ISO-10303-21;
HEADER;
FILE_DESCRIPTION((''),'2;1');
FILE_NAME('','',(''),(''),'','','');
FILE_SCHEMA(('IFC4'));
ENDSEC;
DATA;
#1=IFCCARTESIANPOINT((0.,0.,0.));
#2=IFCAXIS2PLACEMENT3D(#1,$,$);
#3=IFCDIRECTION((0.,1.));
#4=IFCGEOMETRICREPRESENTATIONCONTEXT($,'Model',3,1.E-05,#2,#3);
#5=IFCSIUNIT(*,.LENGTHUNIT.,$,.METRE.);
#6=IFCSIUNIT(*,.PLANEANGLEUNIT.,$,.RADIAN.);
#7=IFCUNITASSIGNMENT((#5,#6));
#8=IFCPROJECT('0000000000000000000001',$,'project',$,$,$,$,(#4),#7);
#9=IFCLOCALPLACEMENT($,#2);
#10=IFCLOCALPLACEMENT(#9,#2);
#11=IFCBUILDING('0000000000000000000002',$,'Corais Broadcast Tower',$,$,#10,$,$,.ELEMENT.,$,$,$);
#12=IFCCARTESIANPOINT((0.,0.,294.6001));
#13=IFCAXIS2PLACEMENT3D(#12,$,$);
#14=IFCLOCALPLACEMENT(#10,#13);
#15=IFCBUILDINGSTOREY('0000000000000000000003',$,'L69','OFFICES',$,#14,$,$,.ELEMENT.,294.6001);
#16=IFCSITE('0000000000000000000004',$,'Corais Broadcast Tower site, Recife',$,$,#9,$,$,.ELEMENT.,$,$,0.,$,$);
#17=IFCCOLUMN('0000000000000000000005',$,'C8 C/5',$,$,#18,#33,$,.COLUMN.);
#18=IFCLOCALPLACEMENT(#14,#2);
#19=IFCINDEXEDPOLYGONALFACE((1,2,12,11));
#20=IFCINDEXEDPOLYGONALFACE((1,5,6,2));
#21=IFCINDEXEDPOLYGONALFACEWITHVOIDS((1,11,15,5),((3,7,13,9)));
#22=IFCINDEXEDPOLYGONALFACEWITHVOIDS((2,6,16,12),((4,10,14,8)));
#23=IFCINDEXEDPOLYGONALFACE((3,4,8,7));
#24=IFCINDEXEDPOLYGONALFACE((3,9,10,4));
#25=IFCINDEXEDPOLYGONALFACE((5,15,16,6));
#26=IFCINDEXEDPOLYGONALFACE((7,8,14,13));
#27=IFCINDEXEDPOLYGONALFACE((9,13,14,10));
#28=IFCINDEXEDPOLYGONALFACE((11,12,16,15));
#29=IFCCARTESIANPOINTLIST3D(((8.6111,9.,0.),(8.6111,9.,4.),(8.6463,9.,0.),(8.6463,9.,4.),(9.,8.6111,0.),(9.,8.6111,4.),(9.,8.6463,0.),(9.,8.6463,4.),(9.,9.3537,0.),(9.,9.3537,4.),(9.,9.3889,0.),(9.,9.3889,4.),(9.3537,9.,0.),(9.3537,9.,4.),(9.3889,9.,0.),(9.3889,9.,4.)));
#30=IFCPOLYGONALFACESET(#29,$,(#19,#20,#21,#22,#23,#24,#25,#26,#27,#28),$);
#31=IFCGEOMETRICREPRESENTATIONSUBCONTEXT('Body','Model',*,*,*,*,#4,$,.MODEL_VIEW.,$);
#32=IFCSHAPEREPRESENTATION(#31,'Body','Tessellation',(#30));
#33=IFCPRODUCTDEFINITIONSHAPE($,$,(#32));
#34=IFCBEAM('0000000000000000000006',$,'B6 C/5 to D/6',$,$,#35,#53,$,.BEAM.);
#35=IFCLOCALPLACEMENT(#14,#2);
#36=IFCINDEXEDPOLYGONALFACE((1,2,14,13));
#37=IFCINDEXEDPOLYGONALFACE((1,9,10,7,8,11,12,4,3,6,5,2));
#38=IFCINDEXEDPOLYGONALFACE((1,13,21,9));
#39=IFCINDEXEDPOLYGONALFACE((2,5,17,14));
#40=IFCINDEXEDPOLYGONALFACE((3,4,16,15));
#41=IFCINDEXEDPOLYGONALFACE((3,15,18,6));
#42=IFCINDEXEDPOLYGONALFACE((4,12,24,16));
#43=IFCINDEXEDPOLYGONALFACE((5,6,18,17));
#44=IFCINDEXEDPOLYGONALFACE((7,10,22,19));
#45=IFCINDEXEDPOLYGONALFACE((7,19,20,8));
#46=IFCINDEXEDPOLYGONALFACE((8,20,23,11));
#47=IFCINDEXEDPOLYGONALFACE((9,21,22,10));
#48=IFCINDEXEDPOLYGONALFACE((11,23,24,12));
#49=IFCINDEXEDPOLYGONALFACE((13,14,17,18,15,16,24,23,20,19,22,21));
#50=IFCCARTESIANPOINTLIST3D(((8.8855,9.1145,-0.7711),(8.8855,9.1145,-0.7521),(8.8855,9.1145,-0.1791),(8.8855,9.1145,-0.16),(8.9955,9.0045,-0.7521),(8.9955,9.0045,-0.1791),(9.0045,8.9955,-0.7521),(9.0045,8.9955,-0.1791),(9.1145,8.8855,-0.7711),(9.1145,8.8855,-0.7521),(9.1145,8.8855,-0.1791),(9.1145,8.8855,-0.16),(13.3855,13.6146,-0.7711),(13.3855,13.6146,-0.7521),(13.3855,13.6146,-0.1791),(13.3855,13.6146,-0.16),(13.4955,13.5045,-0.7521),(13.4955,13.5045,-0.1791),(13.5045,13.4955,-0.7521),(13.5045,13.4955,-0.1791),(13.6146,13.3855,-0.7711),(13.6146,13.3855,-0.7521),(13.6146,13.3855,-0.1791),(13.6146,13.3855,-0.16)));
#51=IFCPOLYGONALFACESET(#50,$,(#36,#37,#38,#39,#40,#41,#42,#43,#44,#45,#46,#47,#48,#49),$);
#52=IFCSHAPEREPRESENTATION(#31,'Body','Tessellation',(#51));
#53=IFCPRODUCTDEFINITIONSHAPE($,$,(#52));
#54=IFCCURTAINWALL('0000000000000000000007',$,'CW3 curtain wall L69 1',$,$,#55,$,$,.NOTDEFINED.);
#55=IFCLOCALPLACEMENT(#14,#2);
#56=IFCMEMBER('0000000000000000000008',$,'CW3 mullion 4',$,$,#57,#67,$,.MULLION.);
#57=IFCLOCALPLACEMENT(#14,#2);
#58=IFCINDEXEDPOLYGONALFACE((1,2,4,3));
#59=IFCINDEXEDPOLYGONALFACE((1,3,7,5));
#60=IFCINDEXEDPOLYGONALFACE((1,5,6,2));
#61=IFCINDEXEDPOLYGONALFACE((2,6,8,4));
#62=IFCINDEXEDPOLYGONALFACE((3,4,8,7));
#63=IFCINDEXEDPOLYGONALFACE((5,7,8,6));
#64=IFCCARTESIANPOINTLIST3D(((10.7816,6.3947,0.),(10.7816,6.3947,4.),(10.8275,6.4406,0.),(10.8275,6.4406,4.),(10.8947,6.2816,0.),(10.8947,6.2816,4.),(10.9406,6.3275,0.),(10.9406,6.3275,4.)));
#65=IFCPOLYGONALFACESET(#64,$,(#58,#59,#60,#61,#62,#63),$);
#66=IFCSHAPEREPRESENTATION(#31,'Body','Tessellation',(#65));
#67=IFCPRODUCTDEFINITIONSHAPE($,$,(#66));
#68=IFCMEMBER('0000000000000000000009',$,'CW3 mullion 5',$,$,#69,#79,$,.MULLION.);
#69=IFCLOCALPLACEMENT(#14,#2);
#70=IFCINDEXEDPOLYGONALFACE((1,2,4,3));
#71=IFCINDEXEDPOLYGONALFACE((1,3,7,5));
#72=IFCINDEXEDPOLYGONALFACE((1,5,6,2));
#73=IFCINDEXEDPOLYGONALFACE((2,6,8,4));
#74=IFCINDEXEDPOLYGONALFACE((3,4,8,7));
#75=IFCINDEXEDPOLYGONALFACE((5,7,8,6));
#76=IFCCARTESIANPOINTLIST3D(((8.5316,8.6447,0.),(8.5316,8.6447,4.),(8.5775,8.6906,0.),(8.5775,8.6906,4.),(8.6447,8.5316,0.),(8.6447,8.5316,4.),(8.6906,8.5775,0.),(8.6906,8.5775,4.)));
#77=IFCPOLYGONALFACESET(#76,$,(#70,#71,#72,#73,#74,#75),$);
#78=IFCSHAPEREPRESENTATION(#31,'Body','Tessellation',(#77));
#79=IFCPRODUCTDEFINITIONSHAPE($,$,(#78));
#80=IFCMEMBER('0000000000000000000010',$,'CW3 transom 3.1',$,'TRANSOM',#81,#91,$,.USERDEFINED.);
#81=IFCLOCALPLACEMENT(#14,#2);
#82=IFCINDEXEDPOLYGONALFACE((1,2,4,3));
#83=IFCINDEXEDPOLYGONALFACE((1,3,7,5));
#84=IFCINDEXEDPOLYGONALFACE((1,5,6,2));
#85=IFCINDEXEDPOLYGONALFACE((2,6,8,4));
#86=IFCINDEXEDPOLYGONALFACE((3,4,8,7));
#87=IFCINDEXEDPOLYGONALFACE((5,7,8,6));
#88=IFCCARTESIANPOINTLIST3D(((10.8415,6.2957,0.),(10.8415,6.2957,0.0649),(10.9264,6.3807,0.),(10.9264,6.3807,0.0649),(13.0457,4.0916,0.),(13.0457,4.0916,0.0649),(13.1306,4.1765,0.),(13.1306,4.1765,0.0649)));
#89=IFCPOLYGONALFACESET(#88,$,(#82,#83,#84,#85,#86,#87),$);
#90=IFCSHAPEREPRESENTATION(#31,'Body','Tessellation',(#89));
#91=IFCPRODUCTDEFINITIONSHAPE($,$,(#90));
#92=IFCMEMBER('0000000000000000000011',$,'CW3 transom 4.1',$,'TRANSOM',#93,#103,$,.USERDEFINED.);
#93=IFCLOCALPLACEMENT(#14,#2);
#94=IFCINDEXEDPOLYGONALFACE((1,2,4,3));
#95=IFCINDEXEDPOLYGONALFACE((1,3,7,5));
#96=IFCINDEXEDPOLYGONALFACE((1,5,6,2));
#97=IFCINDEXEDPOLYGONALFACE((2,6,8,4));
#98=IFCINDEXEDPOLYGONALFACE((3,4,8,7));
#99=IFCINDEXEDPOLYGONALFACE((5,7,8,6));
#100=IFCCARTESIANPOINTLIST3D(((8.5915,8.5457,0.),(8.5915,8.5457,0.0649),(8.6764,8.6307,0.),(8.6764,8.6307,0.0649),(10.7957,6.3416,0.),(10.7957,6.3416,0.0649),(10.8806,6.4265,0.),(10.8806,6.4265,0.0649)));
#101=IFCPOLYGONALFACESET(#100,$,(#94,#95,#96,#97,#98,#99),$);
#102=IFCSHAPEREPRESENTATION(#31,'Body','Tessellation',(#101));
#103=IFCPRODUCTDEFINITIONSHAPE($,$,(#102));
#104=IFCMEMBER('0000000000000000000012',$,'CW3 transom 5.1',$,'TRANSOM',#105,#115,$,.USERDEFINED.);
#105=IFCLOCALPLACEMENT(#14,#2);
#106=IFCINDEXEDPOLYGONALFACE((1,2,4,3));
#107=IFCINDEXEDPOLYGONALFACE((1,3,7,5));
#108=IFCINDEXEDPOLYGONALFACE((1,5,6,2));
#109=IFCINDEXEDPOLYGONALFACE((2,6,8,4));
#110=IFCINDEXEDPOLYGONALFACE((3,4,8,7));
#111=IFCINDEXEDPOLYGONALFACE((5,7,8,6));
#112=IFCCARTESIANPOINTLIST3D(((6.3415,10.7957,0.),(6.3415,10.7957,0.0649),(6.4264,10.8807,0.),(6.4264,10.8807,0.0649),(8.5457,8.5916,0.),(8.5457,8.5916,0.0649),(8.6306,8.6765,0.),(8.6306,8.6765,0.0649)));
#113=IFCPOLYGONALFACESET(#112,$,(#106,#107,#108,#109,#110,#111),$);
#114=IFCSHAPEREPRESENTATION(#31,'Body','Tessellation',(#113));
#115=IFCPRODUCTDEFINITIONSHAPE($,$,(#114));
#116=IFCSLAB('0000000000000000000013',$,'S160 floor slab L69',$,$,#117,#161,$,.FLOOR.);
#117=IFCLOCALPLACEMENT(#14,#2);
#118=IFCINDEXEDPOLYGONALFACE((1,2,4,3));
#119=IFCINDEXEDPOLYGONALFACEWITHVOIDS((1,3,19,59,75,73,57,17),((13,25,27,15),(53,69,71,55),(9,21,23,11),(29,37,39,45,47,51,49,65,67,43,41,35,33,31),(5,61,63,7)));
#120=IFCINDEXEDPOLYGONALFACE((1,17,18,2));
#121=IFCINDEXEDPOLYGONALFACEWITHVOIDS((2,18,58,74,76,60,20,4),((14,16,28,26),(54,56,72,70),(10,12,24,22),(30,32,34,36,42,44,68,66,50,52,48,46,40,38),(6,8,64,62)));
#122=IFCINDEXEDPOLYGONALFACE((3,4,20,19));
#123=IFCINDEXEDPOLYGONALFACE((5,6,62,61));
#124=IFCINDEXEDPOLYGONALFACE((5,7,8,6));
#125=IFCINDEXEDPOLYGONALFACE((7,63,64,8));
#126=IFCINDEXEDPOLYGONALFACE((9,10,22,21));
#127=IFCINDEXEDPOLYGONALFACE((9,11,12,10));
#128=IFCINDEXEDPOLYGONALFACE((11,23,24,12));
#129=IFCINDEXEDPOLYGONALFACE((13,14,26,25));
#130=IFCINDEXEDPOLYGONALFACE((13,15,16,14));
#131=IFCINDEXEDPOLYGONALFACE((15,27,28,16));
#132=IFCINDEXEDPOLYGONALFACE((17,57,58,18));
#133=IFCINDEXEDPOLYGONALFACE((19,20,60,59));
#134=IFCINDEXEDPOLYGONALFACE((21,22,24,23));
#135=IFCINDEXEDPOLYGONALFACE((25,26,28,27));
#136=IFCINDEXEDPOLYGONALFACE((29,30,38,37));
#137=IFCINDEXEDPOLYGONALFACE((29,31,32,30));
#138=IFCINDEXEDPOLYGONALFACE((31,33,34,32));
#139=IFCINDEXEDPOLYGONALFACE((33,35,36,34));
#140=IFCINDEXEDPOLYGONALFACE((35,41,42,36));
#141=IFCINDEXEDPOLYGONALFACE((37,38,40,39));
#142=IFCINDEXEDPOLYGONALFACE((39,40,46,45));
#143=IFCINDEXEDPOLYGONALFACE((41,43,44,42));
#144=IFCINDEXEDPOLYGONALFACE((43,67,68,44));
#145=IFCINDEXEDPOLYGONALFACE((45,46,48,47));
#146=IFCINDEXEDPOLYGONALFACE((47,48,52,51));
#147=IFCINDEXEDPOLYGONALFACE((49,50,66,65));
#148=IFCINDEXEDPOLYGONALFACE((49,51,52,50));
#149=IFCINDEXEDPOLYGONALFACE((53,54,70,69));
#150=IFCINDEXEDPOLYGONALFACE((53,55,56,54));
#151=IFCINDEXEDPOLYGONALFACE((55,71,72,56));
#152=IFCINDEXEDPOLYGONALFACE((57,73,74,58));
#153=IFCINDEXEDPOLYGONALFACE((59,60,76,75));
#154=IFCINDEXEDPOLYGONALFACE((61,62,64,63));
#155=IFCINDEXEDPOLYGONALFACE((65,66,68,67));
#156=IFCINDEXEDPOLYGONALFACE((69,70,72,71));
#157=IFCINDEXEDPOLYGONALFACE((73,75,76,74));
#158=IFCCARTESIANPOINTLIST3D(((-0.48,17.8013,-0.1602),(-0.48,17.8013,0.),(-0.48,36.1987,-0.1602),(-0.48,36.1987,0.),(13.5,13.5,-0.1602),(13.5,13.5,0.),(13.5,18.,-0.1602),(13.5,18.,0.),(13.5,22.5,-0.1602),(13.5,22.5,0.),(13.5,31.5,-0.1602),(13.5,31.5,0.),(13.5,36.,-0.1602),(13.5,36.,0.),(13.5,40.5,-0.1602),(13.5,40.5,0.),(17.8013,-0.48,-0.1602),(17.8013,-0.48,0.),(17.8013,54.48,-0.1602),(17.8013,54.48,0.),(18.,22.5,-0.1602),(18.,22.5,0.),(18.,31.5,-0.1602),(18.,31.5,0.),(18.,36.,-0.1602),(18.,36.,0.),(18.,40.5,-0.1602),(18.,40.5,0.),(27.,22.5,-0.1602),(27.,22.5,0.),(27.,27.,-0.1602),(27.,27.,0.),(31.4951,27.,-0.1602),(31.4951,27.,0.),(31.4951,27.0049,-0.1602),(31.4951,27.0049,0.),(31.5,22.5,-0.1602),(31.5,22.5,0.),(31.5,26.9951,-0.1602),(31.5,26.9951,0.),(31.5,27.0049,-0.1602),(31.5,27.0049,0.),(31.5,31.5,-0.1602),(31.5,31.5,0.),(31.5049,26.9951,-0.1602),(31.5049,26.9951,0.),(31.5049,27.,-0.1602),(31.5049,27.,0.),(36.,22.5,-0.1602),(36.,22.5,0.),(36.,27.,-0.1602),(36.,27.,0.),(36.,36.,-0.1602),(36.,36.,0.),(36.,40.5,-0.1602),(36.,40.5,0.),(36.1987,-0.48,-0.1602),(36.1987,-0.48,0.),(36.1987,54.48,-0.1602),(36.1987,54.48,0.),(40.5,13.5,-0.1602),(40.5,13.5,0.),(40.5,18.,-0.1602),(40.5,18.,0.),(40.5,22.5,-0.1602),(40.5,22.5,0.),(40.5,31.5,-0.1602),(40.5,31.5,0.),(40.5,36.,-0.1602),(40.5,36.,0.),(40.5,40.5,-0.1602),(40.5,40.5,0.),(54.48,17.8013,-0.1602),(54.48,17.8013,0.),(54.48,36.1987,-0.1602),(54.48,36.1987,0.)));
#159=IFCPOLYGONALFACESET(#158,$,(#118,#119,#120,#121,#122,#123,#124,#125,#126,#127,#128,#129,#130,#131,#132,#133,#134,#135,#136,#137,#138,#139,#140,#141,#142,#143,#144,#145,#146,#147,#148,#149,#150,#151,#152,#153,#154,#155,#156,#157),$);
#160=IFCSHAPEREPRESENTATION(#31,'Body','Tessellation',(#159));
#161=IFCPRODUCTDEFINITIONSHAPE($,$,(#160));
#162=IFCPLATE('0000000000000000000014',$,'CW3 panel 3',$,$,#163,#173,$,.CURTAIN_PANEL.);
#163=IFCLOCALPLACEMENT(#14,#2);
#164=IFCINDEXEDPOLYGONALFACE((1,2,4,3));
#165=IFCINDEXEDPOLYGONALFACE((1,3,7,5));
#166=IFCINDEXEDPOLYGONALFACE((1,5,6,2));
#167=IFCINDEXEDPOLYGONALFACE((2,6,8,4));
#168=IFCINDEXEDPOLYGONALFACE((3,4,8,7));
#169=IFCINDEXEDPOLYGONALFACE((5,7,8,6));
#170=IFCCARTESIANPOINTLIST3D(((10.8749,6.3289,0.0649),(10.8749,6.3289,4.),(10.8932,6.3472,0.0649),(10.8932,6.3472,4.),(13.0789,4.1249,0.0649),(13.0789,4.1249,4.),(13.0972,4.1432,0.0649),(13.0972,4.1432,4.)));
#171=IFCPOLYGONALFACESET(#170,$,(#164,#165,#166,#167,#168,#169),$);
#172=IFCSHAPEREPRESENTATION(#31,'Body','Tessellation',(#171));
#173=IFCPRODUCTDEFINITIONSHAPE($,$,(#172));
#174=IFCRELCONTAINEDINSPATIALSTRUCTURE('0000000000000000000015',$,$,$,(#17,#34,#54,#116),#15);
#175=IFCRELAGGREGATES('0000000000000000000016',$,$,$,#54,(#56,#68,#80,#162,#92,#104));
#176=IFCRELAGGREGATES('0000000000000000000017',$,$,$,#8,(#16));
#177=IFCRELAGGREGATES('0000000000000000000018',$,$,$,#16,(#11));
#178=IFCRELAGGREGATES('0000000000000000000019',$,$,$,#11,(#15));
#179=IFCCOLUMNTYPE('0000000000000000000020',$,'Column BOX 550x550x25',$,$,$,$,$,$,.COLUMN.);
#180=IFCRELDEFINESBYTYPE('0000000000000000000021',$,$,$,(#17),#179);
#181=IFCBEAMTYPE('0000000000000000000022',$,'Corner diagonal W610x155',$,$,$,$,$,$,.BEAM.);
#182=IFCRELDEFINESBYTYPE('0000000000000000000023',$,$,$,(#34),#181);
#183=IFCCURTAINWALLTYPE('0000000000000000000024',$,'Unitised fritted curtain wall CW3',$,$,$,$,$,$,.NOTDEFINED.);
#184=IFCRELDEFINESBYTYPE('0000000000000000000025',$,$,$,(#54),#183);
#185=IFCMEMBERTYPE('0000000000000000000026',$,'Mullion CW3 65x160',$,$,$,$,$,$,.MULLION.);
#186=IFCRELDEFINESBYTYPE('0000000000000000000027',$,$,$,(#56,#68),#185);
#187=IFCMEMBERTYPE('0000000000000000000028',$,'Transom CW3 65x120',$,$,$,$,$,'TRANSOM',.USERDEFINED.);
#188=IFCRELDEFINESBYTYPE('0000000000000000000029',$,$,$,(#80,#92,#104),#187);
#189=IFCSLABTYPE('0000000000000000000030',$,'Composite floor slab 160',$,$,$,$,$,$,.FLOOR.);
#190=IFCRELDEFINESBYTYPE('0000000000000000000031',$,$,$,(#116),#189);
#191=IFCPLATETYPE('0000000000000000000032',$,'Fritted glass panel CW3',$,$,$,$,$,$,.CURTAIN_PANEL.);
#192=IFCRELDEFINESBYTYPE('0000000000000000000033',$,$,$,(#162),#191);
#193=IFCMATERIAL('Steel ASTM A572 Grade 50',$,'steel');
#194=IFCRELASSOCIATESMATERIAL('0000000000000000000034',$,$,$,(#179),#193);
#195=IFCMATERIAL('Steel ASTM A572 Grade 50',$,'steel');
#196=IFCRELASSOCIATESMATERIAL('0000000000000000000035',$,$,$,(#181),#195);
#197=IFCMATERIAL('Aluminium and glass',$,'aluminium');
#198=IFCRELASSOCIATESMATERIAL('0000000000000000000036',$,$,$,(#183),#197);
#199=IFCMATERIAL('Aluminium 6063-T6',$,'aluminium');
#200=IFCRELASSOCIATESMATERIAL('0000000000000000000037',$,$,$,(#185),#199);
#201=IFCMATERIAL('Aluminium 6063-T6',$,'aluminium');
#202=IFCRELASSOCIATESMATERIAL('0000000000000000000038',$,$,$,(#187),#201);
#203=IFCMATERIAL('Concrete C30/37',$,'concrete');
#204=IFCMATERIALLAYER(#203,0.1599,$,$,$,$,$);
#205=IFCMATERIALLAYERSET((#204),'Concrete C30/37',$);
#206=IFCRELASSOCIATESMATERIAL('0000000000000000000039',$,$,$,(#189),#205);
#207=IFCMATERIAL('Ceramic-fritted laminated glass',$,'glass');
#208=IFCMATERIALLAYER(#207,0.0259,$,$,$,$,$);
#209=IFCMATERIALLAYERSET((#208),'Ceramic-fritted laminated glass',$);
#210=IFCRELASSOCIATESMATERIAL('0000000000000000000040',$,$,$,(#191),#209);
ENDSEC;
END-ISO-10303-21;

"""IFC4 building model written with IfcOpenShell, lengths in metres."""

from ifc_helpers import new_model, si_unit, direction, frame, origin, origin_2d, place, context, subcontext, project, spatial, polyline, rectangle, hollow_rectangle, i_section, outline, extrude, material, layer, layer_set, material_profile, profile_set, type_object, element, aggregate, save


model = new_model("IFC4")

# Units and contexts
model_context = context("Model", 3, precision=1e-05, world=origin(), true_north=direction((0.0, 1.0)))
body_context = subcontext(model_context, "Body", "Model", "MODEL_VIEW")
ifc_project = project(units=[si_unit("LENGTHUNIT", "METRE"), si_unit("PLANEANGLEUNIT", "RADIAN")], contexts=[model_context])

# Site, building, storey
site_placement = place(None, origin())
site = spatial("IfcSite", under=ifc_project, at=site_placement, Name="Corais Broadcast Tower site, Recife", CompositionType="ELEMENT", RefElevation=0.0)
building_placement = place(site_placement, origin())
building = spatial("IfcBuilding", under=site, at=building_placement, Name="Corais Broadcast Tower", CompositionType="ELEMENT")
storey_placement = place(building_placement, frame((0.0, 0.0, 294.6001)))
storey = spatial("IfcBuildingStorey", under=building, at=storey_placement, Name="L69", Description="OFFICES", CompositionType="ELEMENT", Elevation=294.6001)

# Column
ifc_material_1 = material(Name="Steel ASTM A572 Grade 50", Category="steel")
ifc_material_profile_1 = material_profile(ifc_material_1, hollow_rectangle(XDim=0.55, YDim=0.55, WallThickness=0.0249, at=origin_2d()), Name="BOX 550x550x25")
ifc_profile_set_1 = profile_set([ifc_material_profile_1], Name="Steel ASTM A572 Grade 50")
column_type = type_object("IfcColumnType", Name="Column BOX 550x550x25", PredefinedType="COLUMN", material=ifc_profile_set_1)
column_placement = place(storey_placement, frame((9.0, 9.0, 0.0), z_axis=(0.0, 0.0, 1.0), x_axis=(0.707107, 0.707107, 0.0)))
element("IfcColumn", 1, at=column_placement, inside=storey, type_object=column_type, Name="C8 C/5", PredefinedType="COLUMN", context=body_context, shape_type="SweptSolid", body=[
    extrude(hollow_rectangle(XDim=0.55, YDim=0.55, WallThickness=0.0249, at=origin_2d()), origin(), (0.0, 0.0, 1.0), 4.0),
])

# Beam
ifc_material_2 = material(Name="Steel ASTM A572 Grade 50", Category="steel")
ifc_material_profile_2 = material_profile(ifc_material_2, i_section(OverallWidth=0.324, OverallDepth=0.6111, WebThickness=0.0127, FlangeThickness=0.019, at=origin_2d()), Name="W610x155")
ifc_profile_set_2 = profile_set([ifc_material_profile_2], Name="Steel ASTM A572 Grade 50")
beam_type = type_object("IfcBeamType", Name="Corner diagonal W610x155", PredefinedType="BEAM", material=ifc_profile_set_2)
beam_placement = place(storey_placement, frame((9.0, 9.0, -0.4656), z_axis=(0.707107, 0.707107, 0.0), x_axis=(-0.707107, 0.707107, 0.0)))
element("IfcBeam", 2, at=beam_placement, inside=storey, type_object=beam_type, Name="B6 C/5 to D/6", PredefinedType="BEAM", context=body_context, shape_type="SweptSolid", body=[
    extrude(i_section(OverallWidth=0.324, OverallDepth=0.6111, WebThickness=0.0127, FlangeThickness=0.019, at=origin_2d()), origin(), (0.0, 0.0, 1.0), 6.364),
])

# Curtain wall, members
ifc_material_3 = material(Name="Aluminium and glass", Category="aluminium")
curtain_wall_type = type_object("IfcCurtainWallType", Name="Unitised fritted curtain wall CW3", PredefinedType="NOTDEFINED", material=ifc_material_3)
curtain_wall_placement = place(storey_placement, origin())
curtain_wall = element("IfcCurtainWall", 3, at=curtain_wall_placement, inside=storey, type_object=curtain_wall_type, Name="CW3 curtain wall L69 1", PredefinedType="NOTDEFINED")
ifc_material_4 = material(Name="Aluminium 6063-T6", Category="aluminium")
ifc_material_profile_3 = material_profile(ifc_material_4, rectangle(XDim=0.0649, YDim=0.1599, at=origin_2d()), Name="Mullion CW3 65x160")
ifc_profile_set_3 = profile_set([ifc_material_profile_3], Name="Aluminium 6063-T6")
member_type_1 = type_object("IfcMemberType", Name="Mullion CW3 65x160", PredefinedType="MULLION", material=ifc_profile_set_3)
member_1_placement = place(storey_placement, frame((10.8611, 6.3611, 0.0), z_axis=(0.0, 0.0, 1.0), x_axis=(-0.707107, -0.707107, 0.0)))
member_1 = element("IfcMember", 4, at=member_1_placement, type_object=member_type_1, Name="CW3 mullion 4", PredefinedType="MULLION", context=body_context, shape_type="SweptSolid", body=[
    extrude(rectangle(XDim=0.0649, YDim=0.1599, at=origin_2d()), origin(), (0.0, 0.0, 1.0), 4.0),
])
member_2_placement = place(storey_placement, frame((8.6111, 8.6111, 0.0), z_axis=(0.0, 0.0, 1.0), x_axis=(-0.707107, -0.707107, 0.0)))
member_2 = element("IfcMember", 5, at=member_2_placement, type_object=member_type_1, Name="CW3 mullion 5", PredefinedType="MULLION", context=body_context, shape_type="SweptSolid", body=[
    extrude(rectangle(XDim=0.0649, YDim=0.1599, at=origin_2d()), origin(), (0.0, 0.0, 1.0), 4.0),
])
ifc_material_5 = material(Name="Aluminium 6063-T6", Category="aluminium")
ifc_material_profile_4 = material_profile(ifc_material_5, rectangle(XDim=0.1201, YDim=0.0649, at=origin_2d()), Name="Transom CW3 65x120")
ifc_profile_set_4 = profile_set([ifc_material_profile_4], Name="Aluminium 6063-T6")
member_type_2 = type_object("IfcMemberType", Name="Transom CW3 65x120", ElementType="TRANSOM", PredefinedType="USERDEFINED", material=ifc_profile_set_4)
member_3_placement = place(storey_placement, frame((13.0881, 4.134, 0.0325), z_axis=(-0.707107, 0.707107, 0.0), x_axis=(-0.707107, -0.707107, 0.0)))
member_3 = element("IfcMember", 6, at=member_3_placement, type_object=member_type_2, Name="CW3 transom 3.1", ObjectType="TRANSOM", PredefinedType="USERDEFINED", context=body_context, shape_type="SweptSolid", body=[
    extrude(rectangle(XDim=0.1201, YDim=0.0649, at=origin_2d()), origin(), (0.0, 0.0, 1.0), 3.1172),
])
member_4_placement = place(storey_placement, frame((10.8381, 6.384, 0.0325), z_axis=(-0.707107, 0.707107, 0.0), x_axis=(-0.707107, -0.707107, 0.0)))
member_4 = element("IfcMember", 7, at=member_4_placement, type_object=member_type_2, Name="CW3 transom 4.1", ObjectType="TRANSOM", PredefinedType="USERDEFINED", context=body_context, shape_type="SweptSolid", body=[
    extrude(rectangle(XDim=0.1201, YDim=0.0649, at=origin_2d()), origin(), (0.0, 0.0, 1.0), 3.1172),
])
member_5_placement = place(storey_placement, frame((8.5881, 8.634, 0.0325), z_axis=(-0.707107, 0.707107, 0.0), x_axis=(-0.707107, -0.707107, 0.0)))
member_5 = element("IfcMember", 8, at=member_5_placement, type_object=member_type_2, Name="CW3 transom 5.1", ObjectType="TRANSOM", PredefinedType="USERDEFINED", context=body_context, shape_type="SweptSolid", body=[
    extrude(rectangle(XDim=0.1201, YDim=0.0649, at=origin_2d()), origin(), (0.0, 0.0, 1.0), 3.1172),
])

# Slab
ifc_material_6 = material(Name="Concrete C30/37", Category="concrete")
ifc_layer_1 = layer(ifc_material_6, 0.1599)
ifc_layer_set_1 = layer_set([ifc_layer_1], Name="Concrete C30/37")
slab_type_1 = type_object("IfcSlabType", Name="Composite floor slab 160", PredefinedType="FLOOR", material=ifc_layer_set_1)
slab_1_placement = place(storey_placement, frame((0.0, 0.0, -0.1602)))
element("IfcSlab", 9, at=slab_1_placement, inside=storey, type_object=slab_type_1, Name="S160 floor slab L69", PredefinedType="FLOOR", context=body_context, shape_type="SweptSolid", body=[
    extrude(outline(polyline([(17.8013, -0.48), (-0.48, 17.8013), (-0.48, 36.1987), (17.8013, 54.48), (36.1987, 54.48), (54.48, 36.1987), (54.48, 17.8013), (36.1987, -0.48), (17.8013, -0.48)]), holes=[polyline([(13.5, 18.0), (40.5, 18.0), (40.5, 13.5), (13.5, 13.5), (13.5, 18.0)]), polyline([(18.0, 22.5), (13.5, 22.5), (13.5, 31.5), (18.0, 31.5), (18.0, 22.5)]), polyline([(18.0, 36.0), (13.5, 36.0), (13.5, 40.5), (18.0, 40.5), (18.0, 36.0)]), polyline([(31.5, 22.5), (27.0, 22.5), (27.0, 27.0), (31.4951, 27.0), (31.4951, 27.0049), (31.5, 27.0049), (31.5, 31.5), (40.5, 31.5), (40.5, 22.5), (36.0, 22.5), (36.0, 27.0), (31.5049, 27.0), (31.5049, 26.9951), (31.5, 26.9951), (31.5, 22.5)]), polyline([(40.5, 36.0), (36.0, 36.0), (36.0, 40.5), (40.5, 40.5), (40.5, 36.0)])]), origin(), (0.0, 0.0, 1.0), 0.1602),
])

# Plate
ifc_material_7 = material(Name="Ceramic-fritted laminated glass", Category="glass")
ifc_layer_2 = layer(ifc_material_7, 0.0259)
ifc_layer_set_2 = layer_set([ifc_layer_2], Name="Ceramic-fritted laminated glass")
plate_type_1 = type_object("IfcPlateType", Name="Fritted glass panel CW3", PredefinedType="CURTAIN_PANEL", material=ifc_layer_set_2)
plate_1_placement = place(storey_placement, frame((11.9861, 5.2361, 0.0649), z_axis=(0.0, 0.0, 1.0), x_axis=(-0.707107, 0.707107, 0.0)))
plate_1 = element("IfcPlate", 10, at=plate_1_placement, type_object=plate_type_1, Name="CW3 panel 3", PredefinedType="CURTAIN_PANEL", context=body_context, shape_type="SweptSolid", body=[
    extrude(rectangle(XDim=3.1169, YDim=0.0259, at=origin_2d()), origin(), (0.0, 0.0, 1.0), 3.9351),
])
aggregate(curtain_wall, [member_1, member_2, member_3, plate_1, member_4, member_5])

save(model, "model.ifc")
